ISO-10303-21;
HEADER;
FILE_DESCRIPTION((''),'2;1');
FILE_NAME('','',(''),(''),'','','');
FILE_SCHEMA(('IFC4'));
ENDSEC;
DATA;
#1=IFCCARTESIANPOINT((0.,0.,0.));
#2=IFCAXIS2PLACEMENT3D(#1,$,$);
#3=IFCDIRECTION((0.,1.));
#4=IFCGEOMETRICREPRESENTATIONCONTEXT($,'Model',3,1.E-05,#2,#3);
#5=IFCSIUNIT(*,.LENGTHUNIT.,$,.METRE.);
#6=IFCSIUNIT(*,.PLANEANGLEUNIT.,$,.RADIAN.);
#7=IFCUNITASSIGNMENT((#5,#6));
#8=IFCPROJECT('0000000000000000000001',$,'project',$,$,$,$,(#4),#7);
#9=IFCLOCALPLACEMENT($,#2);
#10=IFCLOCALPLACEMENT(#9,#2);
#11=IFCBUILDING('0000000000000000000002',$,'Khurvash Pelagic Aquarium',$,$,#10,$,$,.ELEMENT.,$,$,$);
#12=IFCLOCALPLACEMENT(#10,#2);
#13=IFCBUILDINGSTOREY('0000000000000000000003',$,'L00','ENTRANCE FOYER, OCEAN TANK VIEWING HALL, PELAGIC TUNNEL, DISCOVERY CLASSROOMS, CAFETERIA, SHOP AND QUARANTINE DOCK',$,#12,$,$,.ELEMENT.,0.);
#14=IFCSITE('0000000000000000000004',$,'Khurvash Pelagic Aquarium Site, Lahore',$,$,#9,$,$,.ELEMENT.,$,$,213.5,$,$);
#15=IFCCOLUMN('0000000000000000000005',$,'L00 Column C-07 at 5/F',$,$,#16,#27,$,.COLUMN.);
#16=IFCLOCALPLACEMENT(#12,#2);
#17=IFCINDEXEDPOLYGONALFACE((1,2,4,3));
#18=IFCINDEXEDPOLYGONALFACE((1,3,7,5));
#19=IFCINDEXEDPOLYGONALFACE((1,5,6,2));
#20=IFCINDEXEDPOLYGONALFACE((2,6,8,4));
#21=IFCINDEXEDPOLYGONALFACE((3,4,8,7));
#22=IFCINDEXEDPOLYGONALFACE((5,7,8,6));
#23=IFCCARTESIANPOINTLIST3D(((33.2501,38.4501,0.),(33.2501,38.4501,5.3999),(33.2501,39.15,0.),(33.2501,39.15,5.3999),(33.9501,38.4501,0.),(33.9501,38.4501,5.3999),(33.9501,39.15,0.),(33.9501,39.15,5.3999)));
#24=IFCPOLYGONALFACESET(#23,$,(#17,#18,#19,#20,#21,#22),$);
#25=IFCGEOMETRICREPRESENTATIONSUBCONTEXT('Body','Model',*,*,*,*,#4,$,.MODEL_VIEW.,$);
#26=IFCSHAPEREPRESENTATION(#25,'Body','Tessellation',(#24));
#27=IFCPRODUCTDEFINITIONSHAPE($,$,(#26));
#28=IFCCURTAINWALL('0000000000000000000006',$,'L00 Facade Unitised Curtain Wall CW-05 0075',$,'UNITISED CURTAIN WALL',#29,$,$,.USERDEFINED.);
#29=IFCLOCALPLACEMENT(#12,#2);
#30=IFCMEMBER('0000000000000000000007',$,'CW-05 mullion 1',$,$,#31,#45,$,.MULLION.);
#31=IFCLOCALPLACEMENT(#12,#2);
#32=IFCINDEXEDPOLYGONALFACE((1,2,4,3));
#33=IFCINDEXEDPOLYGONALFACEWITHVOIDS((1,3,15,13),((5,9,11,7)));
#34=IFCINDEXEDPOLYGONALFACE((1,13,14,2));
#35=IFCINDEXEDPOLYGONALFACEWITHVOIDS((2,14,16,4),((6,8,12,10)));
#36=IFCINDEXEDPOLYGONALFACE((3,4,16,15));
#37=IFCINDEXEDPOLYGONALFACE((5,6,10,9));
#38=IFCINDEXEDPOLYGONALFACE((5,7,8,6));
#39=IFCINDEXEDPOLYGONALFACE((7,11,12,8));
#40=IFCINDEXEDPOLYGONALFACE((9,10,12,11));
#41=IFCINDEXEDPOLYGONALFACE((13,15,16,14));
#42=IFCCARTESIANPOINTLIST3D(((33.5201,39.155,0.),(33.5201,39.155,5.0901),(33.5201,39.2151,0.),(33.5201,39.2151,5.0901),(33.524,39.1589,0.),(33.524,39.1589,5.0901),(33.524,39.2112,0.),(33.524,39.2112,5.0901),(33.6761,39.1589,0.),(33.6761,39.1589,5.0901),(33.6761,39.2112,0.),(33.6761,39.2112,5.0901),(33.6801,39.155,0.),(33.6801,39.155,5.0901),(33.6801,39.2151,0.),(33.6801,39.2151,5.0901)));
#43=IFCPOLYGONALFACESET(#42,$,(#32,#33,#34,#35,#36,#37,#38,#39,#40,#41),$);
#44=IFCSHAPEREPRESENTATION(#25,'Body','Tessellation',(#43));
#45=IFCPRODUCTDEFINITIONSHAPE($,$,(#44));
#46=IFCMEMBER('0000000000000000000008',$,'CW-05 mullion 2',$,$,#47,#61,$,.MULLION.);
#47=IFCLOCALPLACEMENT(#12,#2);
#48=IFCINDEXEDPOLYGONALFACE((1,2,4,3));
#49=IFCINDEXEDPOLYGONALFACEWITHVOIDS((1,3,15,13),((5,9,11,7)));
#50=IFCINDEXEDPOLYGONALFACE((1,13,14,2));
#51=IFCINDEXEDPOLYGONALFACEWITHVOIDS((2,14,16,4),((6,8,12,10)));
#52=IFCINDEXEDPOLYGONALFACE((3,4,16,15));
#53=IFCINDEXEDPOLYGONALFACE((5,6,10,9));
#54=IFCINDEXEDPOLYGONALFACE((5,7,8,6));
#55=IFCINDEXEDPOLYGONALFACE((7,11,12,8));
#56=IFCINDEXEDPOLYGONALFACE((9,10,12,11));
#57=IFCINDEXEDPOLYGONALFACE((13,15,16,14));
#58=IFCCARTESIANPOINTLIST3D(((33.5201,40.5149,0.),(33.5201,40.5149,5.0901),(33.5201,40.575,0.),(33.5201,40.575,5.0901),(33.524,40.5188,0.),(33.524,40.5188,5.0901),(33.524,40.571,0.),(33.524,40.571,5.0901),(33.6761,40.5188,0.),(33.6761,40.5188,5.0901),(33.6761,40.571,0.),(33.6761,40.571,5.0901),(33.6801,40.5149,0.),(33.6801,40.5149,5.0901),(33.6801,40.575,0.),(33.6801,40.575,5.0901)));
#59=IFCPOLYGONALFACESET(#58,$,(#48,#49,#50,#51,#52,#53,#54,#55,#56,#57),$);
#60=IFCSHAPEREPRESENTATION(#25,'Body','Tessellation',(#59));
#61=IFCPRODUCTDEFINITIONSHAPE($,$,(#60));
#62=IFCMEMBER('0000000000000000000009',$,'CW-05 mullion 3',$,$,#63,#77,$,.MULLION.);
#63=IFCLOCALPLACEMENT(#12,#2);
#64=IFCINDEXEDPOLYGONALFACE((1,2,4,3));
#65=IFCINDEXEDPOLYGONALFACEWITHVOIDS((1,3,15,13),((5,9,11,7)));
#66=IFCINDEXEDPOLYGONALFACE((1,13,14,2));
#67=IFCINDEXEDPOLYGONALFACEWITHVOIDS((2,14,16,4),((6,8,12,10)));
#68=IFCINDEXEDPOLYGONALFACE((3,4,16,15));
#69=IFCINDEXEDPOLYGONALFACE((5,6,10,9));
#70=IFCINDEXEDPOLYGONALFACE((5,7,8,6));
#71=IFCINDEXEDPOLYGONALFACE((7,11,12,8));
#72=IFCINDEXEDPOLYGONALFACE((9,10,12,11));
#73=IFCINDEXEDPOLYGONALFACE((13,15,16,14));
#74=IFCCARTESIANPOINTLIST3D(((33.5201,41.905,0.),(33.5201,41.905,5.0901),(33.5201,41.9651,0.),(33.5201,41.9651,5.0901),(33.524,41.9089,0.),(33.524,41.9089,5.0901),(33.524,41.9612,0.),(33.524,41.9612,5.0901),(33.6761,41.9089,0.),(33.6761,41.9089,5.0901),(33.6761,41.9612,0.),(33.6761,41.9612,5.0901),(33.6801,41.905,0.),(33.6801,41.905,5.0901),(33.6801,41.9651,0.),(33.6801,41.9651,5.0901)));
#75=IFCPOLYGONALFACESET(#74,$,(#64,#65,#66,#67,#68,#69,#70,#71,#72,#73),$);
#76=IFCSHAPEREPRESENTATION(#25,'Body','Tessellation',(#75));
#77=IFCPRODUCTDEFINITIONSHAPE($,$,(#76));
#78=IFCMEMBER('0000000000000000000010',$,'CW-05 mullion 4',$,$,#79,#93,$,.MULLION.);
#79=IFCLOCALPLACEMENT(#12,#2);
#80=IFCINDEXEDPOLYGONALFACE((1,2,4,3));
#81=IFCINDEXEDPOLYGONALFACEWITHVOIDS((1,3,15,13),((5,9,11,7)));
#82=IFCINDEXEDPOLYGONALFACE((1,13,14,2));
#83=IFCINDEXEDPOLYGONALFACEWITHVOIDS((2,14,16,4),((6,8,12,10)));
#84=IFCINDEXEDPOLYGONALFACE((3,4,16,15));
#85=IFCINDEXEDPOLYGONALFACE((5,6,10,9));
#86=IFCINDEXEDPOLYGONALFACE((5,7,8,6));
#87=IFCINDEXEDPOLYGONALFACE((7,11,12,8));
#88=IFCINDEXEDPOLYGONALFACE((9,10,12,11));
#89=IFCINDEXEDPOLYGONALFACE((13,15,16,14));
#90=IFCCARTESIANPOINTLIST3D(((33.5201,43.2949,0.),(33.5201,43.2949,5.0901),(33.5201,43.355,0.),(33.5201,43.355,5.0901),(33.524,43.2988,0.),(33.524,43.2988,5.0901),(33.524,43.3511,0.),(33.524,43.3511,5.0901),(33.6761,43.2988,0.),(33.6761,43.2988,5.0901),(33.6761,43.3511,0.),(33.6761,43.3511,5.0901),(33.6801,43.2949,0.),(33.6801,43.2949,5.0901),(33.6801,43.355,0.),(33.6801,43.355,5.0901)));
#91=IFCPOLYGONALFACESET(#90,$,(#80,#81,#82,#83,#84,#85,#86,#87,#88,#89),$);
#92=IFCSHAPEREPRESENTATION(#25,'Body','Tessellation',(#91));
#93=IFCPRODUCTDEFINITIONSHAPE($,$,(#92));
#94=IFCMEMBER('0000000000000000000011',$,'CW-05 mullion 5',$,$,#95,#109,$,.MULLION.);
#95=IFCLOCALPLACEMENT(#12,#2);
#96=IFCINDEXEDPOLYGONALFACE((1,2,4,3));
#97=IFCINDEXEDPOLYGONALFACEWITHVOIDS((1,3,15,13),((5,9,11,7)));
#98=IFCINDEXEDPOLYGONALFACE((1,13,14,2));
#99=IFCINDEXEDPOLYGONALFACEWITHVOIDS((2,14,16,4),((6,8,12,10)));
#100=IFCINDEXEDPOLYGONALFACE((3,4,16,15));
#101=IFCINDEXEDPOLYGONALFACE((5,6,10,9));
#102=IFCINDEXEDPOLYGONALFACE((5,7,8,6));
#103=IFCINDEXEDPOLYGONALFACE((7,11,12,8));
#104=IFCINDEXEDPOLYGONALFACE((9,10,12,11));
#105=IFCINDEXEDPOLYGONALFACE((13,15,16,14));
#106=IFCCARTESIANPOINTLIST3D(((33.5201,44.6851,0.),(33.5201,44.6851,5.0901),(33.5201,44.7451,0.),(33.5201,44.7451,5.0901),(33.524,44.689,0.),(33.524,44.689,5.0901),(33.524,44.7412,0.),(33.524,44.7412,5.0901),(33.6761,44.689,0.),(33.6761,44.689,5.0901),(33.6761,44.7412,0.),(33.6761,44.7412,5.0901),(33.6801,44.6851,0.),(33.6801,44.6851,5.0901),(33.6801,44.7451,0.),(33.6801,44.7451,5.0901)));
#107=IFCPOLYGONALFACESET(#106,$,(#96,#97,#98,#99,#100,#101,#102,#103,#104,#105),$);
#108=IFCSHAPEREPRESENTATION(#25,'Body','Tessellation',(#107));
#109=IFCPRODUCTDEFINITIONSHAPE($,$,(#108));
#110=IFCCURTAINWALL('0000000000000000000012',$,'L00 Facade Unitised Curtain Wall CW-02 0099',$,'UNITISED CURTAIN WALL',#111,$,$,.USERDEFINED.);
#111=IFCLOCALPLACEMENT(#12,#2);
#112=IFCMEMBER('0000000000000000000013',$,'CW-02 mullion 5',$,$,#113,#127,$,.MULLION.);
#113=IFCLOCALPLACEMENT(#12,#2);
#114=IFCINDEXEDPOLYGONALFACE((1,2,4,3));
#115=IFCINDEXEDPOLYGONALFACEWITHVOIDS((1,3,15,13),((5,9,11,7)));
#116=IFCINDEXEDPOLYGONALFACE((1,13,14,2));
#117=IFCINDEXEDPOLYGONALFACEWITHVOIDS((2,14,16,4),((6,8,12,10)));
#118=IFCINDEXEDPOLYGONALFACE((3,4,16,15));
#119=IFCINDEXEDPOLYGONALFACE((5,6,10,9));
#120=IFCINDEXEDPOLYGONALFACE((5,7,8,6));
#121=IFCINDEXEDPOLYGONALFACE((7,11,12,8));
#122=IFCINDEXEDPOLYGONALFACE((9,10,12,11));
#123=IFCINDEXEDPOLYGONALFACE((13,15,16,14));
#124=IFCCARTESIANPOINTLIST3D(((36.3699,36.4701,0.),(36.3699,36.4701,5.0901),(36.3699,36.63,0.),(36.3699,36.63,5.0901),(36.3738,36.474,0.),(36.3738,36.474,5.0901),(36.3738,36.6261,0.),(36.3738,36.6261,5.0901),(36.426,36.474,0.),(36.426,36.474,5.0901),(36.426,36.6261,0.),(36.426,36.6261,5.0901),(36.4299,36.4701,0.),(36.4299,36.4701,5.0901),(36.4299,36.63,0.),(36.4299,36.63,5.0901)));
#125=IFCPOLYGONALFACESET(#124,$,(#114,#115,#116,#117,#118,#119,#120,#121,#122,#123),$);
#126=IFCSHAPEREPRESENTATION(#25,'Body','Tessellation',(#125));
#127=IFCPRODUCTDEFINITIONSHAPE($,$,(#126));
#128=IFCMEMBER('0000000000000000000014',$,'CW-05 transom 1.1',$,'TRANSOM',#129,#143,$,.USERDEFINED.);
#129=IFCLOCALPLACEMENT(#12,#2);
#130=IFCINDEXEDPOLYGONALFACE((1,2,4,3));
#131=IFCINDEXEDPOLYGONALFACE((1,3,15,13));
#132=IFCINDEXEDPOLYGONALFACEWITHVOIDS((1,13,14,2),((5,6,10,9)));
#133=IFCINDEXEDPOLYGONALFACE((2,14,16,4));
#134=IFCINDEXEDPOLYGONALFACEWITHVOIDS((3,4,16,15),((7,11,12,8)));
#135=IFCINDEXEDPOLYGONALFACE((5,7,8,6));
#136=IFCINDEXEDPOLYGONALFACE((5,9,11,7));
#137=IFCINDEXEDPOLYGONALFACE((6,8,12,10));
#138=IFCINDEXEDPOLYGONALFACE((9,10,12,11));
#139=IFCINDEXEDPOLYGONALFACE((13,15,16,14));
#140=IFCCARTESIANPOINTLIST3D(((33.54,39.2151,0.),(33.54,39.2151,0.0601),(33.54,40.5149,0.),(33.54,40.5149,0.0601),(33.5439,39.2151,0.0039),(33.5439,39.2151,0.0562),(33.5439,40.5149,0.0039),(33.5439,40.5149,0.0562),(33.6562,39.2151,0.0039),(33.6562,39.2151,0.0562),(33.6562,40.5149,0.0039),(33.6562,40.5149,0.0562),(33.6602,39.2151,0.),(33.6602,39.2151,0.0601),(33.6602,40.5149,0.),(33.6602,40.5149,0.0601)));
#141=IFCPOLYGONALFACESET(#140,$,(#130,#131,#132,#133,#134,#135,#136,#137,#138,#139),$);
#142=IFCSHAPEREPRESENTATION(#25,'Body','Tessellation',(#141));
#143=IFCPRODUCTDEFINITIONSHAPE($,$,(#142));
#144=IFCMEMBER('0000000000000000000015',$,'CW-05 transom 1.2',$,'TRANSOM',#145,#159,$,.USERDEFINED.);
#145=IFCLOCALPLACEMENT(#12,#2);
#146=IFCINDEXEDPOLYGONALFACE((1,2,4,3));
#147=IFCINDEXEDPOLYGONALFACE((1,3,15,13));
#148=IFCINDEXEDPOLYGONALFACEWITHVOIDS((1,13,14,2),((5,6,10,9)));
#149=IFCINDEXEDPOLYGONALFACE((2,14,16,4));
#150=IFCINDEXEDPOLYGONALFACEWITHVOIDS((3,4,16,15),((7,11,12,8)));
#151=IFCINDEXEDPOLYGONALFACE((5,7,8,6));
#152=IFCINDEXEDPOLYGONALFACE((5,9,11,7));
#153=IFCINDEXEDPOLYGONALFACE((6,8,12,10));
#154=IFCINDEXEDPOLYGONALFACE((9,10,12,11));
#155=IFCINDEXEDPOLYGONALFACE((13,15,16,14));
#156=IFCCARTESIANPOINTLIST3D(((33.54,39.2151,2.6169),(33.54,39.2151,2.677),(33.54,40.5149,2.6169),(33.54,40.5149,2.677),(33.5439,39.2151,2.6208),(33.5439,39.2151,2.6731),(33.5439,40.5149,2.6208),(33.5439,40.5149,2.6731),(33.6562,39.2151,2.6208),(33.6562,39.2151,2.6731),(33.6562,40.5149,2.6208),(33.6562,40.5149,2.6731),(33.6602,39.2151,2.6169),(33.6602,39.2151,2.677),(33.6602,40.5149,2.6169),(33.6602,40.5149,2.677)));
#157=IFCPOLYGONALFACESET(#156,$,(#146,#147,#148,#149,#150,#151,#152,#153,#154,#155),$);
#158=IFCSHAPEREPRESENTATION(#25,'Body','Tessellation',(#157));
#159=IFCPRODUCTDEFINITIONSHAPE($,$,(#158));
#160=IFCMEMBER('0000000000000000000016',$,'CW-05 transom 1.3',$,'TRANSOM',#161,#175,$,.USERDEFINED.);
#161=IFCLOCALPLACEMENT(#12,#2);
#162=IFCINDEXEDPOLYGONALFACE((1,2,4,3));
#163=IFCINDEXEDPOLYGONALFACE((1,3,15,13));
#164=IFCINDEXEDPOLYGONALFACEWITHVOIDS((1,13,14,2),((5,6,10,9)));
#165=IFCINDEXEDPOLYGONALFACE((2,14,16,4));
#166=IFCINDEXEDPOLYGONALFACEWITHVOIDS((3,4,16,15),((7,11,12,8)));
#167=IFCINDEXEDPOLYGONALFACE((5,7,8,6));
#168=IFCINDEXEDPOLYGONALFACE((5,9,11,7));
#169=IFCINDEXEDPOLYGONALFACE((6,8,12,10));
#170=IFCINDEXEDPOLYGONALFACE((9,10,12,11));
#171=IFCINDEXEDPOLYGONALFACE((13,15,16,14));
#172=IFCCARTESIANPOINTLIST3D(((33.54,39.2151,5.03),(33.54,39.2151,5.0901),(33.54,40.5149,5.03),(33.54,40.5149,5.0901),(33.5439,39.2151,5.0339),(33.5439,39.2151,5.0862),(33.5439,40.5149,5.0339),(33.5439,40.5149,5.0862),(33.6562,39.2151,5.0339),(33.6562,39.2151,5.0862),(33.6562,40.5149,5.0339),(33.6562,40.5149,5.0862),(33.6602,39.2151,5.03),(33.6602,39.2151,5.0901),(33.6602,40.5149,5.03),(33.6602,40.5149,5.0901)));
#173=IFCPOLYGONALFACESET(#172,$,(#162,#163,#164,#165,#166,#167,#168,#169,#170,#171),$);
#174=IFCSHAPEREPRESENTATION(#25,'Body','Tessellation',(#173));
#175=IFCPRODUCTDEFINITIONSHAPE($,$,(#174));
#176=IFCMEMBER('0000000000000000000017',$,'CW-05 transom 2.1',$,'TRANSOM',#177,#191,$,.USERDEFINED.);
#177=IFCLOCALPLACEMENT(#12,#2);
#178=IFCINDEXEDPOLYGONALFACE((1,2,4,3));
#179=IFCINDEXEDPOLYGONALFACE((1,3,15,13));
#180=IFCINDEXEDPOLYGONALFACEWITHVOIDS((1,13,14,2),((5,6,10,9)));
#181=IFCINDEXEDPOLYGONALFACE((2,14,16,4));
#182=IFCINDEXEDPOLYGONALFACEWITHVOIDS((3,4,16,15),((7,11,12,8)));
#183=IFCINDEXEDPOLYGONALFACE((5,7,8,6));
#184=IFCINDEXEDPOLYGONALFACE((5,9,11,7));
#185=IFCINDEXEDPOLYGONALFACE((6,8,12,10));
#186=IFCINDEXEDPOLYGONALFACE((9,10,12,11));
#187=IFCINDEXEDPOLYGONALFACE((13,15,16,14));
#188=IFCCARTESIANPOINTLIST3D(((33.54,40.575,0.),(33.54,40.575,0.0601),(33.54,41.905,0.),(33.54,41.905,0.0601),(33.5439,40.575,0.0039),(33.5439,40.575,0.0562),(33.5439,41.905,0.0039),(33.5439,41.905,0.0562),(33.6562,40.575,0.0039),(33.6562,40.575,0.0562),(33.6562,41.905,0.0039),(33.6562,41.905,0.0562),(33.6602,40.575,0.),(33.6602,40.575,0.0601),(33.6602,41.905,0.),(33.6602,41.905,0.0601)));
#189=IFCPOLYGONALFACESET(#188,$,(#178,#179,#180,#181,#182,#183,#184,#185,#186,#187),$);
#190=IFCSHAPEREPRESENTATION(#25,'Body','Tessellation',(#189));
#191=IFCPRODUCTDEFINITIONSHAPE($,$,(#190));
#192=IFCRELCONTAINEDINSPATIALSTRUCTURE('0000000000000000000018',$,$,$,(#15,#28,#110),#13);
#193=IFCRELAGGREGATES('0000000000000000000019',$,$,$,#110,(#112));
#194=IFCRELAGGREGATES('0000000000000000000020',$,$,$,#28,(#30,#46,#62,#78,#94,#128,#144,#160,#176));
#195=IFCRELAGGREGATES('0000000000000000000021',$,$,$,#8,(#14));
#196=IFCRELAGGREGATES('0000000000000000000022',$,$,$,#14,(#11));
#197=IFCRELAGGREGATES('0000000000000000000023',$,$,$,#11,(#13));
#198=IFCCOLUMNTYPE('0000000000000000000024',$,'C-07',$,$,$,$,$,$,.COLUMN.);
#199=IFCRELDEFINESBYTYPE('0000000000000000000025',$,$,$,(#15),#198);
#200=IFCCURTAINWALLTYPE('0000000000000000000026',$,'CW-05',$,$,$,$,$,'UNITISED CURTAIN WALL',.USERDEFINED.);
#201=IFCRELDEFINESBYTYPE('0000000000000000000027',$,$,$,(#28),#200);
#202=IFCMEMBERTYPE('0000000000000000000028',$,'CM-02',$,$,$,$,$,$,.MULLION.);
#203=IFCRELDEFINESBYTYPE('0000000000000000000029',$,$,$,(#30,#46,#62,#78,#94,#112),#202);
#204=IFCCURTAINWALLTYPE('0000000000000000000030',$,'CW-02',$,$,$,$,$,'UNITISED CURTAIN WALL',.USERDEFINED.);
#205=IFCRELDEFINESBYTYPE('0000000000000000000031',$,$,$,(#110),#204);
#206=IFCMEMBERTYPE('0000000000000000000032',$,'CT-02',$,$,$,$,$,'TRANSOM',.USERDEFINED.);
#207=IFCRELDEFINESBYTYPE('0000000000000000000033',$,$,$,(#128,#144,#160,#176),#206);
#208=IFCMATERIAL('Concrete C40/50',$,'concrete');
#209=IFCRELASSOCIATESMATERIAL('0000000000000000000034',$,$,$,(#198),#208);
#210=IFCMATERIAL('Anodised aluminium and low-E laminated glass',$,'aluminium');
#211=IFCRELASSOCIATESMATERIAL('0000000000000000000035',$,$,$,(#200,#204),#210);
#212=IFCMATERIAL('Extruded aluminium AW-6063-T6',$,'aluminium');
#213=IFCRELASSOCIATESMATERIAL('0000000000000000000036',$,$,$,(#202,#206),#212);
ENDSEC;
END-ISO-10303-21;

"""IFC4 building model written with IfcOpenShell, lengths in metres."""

from ifc_helpers import new_model, si_unit, direction, frame, origin, origin_2d, place, context, subcontext, project, spatial, rectangle, hollow_rectangle, extrude, material, material_profile, profile_set, type_object, element, aggregate, save


model = new_model("IFC4")

# Units and contexts
model_context = context("Model", 3, precision=1e-05, world=origin(), true_north=direction((0.0, 1.0)))
body_context = subcontext(model_context, "Body", "Model", "MODEL_VIEW")
ifc_project = project(units=[si_unit("LENGTHUNIT", "METRE"), si_unit("PLANEANGLEUNIT", "RADIAN")], contexts=[model_context])

# Site, building, storey
site_placement = place(None, origin())
site = spatial("IfcSite", under=ifc_project, at=site_placement, Name="Khurvash Pelagic Aquarium Site, Lahore", CompositionType="ELEMENT", RefElevation=213.5)
building_placement = place(site_placement, origin())
building = spatial("IfcBuilding", under=site, at=building_placement, Name="Khurvash Pelagic Aquarium", CompositionType="ELEMENT")
storey_placement = place(building_placement, origin())
storey = spatial("IfcBuildingStorey", under=building, at=storey_placement, Name="L00", Description="ENTRANCE FOYER, OCEAN TANK VIEWING HALL, PELAGIC TUNNEL, DISCOVERY CLASSROOMS, CAFETERIA, SHOP AND QUARANTINE DOCK", CompositionType="ELEMENT", Elevation=0.0)

# Column
ifc_material_1 = material(Name="Concrete C40/50", Category="concrete")
ifc_material_profile_1 = material_profile(ifc_material_1, rectangle(XDim=0.7, YDim=0.7, at=origin_2d()), Name="RC700X700")
ifc_profile_set_1 = profile_set([ifc_material_profile_1], Name="Concrete C40/50")
column_type = type_object("IfcColumnType", Name="C-07", PredefinedType="COLUMN", material=ifc_profile_set_1)
column_placement = place(storey_placement, frame((33.6001, 38.8, 0.0), z_axis=(0.0, 0.0, 1.0), x_axis=(1.0, 0.0, 0.0)))
element("IfcColumn", 1, at=column_placement, inside=storey, type_object=column_type, Name="L00 Column C-07 at 5/F", PredefinedType="COLUMN", context=body_context, shape_type="SweptSolid", body=[
    extrude(rectangle(XDim=0.7, YDim=0.7, at=origin_2d()), origin(), (0.0, 0.0, 1.0), 5.3999),
])

# Curtain wall, members
ifc_material_2 = material(Name="Anodised aluminium and low-E laminated glass", Category="aluminium")
curtain_wall_type_1 = type_object("IfcCurtainWallType", Name="CW-05", ElementType="UNITISED CURTAIN WALL", PredefinedType="USERDEFINED", material=ifc_material_2)
curtain_wall_1_placement = place(storey_placement, origin())
curtain_wall_1 = element("IfcCurtainWall", 2, at=curtain_wall_1_placement, inside=storey, type_object=curtain_wall_type_1, Name="L00 Facade Unitised Curtain Wall CW-05 0075", ObjectType="UNITISED CURTAIN WALL", PredefinedType="USERDEFINED")
ifc_material_3 = material(Name="Extruded aluminium AW-6063-T6", Category="aluminium")
ifc_material_profile_2 = material_profile(ifc_material_3, hollow_rectangle(XDim=0.0601, YDim=0.1599, WallThickness=0.0039, at=origin_2d()), Name="CWM60X160X4")
ifc_profile_set_2 = profile_set([ifc_material_profile_2], Name="Extruded aluminium AW-6063-T6")
member_type_1 = type_object("IfcMemberType", Name="CM-02", PredefinedType="MULLION", material=ifc_profile_set_2)
member_1_placement = place(storey_placement, frame((33.6001, 39.1851, 0.0), z_axis=(0.0, 0.0, 1.0), x_axis=(0.0, 1.0, 0.0)))
member_1 = element("IfcMember", 3, at=member_1_placement, type_object=member_type_1, Name="CW-05 mullion 1", PredefinedType="MULLION", context=body_context, shape_type="SweptSolid", body=[
    extrude(hollow_rectangle(XDim=0.0601, YDim=0.1599, WallThickness=0.0039, at=origin_2d()), origin(), (0.0, 0.0, 1.0), 5.0901),
])
member_2_placement = place(storey_placement, frame((33.6001, 40.5449, 0.0), z_axis=(0.0, 0.0, 1.0), x_axis=(0.0, 1.0, 0.0)))
member_2 = element("IfcMember", 4, at=member_2_placement, type_object=member_type_1, Name="CW-05 mullion 2", PredefinedType="MULLION", context=body_context, shape_type="SweptSolid", body=[
    extrude(hollow_rectangle(XDim=0.0601, YDim=0.1599, WallThickness=0.0039, at=origin_2d()), origin(), (0.0, 0.0, 1.0), 5.0901),
])
member_3_placement = place(storey_placement, frame((33.6001, 41.9351, 0.0), z_axis=(0.0, 0.0, 1.0), x_axis=(0.0, 1.0, 0.0)))
member_3 = element("IfcMember", 5, at=member_3_placement, type_object=member_type_1, Name="CW-05 mullion 3", PredefinedType="MULLION", context=body_context, shape_type="SweptSolid", body=[
    extrude(hollow_rectangle(XDim=0.0601, YDim=0.1599, WallThickness=0.0039, at=origin_2d()), origin(), (0.0, 0.0, 1.0), 5.0901),
])
member_4_placement = place(storey_placement, frame((33.6001, 43.325, 0.0), z_axis=(0.0, 0.0, 1.0), x_axis=(0.0, 1.0, 0.0)))
member_4 = element("IfcMember", 6, at=member_4_placement, type_object=member_type_1, Name="CW-05 mullion 4", PredefinedType="MULLION", context=body_context, shape_type="SweptSolid", body=[
    extrude(hollow_rectangle(XDim=0.0601, YDim=0.1599, WallThickness=0.0039, at=origin_2d()), origin(), (0.0, 0.0, 1.0), 5.0901),
])
member_5_placement = place(storey_placement, frame((33.6001, 44.7151, 0.0), z_axis=(0.0, 0.0, 1.0), x_axis=(0.0, 1.0, 0.0)))
member_5 = element("IfcMember", 7, at=member_5_placement, type_object=member_type_1, Name="CW-05 mullion 5", PredefinedType="MULLION", context=body_context, shape_type="SweptSolid", body=[
    extrude(hollow_rectangle(XDim=0.0601, YDim=0.1599, WallThickness=0.0039, at=origin_2d()), origin(), (0.0, 0.0, 1.0), 5.0901),
])

# Curtain wall, member
curtain_wall_type_2 = type_object("IfcCurtainWallType", Name="CW-02", ElementType="UNITISED CURTAIN WALL", PredefinedType="USERDEFINED", material=ifc_material_2)
curtain_wall_2_placement = place(storey_placement, origin())
curtain_wall_2 = element("IfcCurtainWall", 8, at=curtain_wall_2_placement, inside=storey, type_object=curtain_wall_type_2, Name="L00 Facade Unitised Curtain Wall CW-02 0099", ObjectType="UNITISED CURTAIN WALL", PredefinedType="USERDEFINED")
member_6_placement = place(storey_placement, frame((36.3999, 36.55, 0.0), z_axis=(0.0, 0.0, 1.0), x_axis=(-1.0, 0.0, 0.0)))
member_6 = element("IfcMember", 9, at=member_6_placement, type_object=member_type_1, Name="CW-02 mullion 5", PredefinedType="MULLION", context=body_context, shape_type="SweptSolid", body=[
    extrude(hollow_rectangle(XDim=0.0601, YDim=0.1599, WallThickness=0.0039, at=origin_2d()), origin(), (0.0, 0.0, 1.0), 5.0901),
])

# Members
ifc_material_profile_3 = material_profile(ifc_material_3, hollow_rectangle(XDim=0.1201, YDim=0.0601, WallThickness=0.0039, at=origin_2d()), Name="CWT120X60X4")
ifc_profile_set_3 = profile_set([ifc_material_profile_3], Name="Extruded aluminium AW-6063-T6")
member_type_2 = type_object("IfcMemberType", Name="CT-02", ElementType="TRANSOM", PredefinedType="USERDEFINED", material=ifc_profile_set_3)
member_7_placement = place(storey_placement, frame((33.6001, 39.2151, 0.03), z_axis=(0.0, 1.0, 0.0), x_axis=(-1.0, 0.0, 0.0)))
member_7 = element("IfcMember", 10, at=member_7_placement, type_object=member_type_2, Name="CW-05 transom 1.1", ObjectType="TRANSOM", PredefinedType="USERDEFINED", context=body_context, shape_type="SweptSolid", body=[
    extrude(hollow_rectangle(XDim=0.1201, YDim=0.0601, WallThickness=0.0039, at=origin_2d()), origin(), (0.0, 0.0, 1.0), 1.2998),
])
member_8_placement = place(storey_placement, frame((33.6001, 39.2151, 2.647), z_axis=(0.0, 1.0, 0.0), x_axis=(-1.0, 0.0, 0.0)))
member_8 = element("IfcMember", 11, at=member_8_placement, type_object=member_type_2, Name="CW-05 transom 1.2", ObjectType="TRANSOM", PredefinedType="USERDEFINED", context=body_context, shape_type="SweptSolid", body=[
    extrude(hollow_rectangle(XDim=0.1201, YDim=0.0601, WallThickness=0.0039, at=origin_2d()), origin(), (0.0, 0.0, 1.0), 1.2998),
])
member_9_placement = place(storey_placement, frame((33.6001, 39.2151, 5.0601), z_axis=(0.0, 1.0, 0.0), x_axis=(-1.0, 0.0, 0.0)))
member_9 = element("IfcMember", 12, at=member_9_placement, type_object=member_type_2, Name="CW-05 transom 1.3", ObjectType="TRANSOM", PredefinedType="USERDEFINED", context=body_context, shape_type="SweptSolid", body=[
    extrude(hollow_rectangle(XDim=0.1201, YDim=0.0601, WallThickness=0.0039, at=origin_2d()), origin(), (0.0, 0.0, 1.0), 1.2998),
])
member_10_placement = place(storey_placement, frame((33.6001, 40.575, 0.03), z_axis=(0.0, 1.0, 0.0), x_axis=(-1.0, 0.0, 0.0)))
member_10 = element("IfcMember", 13, at=member_10_placement, type_object=member_type_2, Name="CW-05 transom 2.1", ObjectType="TRANSOM", PredefinedType="USERDEFINED", context=body_context, shape_type="SweptSolid", body=[
    extrude(hollow_rectangle(XDim=0.1201, YDim=0.0601, WallThickness=0.0039, at=origin_2d()), origin(), (0.0, 0.0, 1.0), 1.3301),
])

aggregate(curtain_wall_2, [member_6])
aggregate(curtain_wall_1, [member_1, member_2, member_3, member_4, member_5, member_7, member_8, member_9, member_10])

save(model, "model.ifc")
